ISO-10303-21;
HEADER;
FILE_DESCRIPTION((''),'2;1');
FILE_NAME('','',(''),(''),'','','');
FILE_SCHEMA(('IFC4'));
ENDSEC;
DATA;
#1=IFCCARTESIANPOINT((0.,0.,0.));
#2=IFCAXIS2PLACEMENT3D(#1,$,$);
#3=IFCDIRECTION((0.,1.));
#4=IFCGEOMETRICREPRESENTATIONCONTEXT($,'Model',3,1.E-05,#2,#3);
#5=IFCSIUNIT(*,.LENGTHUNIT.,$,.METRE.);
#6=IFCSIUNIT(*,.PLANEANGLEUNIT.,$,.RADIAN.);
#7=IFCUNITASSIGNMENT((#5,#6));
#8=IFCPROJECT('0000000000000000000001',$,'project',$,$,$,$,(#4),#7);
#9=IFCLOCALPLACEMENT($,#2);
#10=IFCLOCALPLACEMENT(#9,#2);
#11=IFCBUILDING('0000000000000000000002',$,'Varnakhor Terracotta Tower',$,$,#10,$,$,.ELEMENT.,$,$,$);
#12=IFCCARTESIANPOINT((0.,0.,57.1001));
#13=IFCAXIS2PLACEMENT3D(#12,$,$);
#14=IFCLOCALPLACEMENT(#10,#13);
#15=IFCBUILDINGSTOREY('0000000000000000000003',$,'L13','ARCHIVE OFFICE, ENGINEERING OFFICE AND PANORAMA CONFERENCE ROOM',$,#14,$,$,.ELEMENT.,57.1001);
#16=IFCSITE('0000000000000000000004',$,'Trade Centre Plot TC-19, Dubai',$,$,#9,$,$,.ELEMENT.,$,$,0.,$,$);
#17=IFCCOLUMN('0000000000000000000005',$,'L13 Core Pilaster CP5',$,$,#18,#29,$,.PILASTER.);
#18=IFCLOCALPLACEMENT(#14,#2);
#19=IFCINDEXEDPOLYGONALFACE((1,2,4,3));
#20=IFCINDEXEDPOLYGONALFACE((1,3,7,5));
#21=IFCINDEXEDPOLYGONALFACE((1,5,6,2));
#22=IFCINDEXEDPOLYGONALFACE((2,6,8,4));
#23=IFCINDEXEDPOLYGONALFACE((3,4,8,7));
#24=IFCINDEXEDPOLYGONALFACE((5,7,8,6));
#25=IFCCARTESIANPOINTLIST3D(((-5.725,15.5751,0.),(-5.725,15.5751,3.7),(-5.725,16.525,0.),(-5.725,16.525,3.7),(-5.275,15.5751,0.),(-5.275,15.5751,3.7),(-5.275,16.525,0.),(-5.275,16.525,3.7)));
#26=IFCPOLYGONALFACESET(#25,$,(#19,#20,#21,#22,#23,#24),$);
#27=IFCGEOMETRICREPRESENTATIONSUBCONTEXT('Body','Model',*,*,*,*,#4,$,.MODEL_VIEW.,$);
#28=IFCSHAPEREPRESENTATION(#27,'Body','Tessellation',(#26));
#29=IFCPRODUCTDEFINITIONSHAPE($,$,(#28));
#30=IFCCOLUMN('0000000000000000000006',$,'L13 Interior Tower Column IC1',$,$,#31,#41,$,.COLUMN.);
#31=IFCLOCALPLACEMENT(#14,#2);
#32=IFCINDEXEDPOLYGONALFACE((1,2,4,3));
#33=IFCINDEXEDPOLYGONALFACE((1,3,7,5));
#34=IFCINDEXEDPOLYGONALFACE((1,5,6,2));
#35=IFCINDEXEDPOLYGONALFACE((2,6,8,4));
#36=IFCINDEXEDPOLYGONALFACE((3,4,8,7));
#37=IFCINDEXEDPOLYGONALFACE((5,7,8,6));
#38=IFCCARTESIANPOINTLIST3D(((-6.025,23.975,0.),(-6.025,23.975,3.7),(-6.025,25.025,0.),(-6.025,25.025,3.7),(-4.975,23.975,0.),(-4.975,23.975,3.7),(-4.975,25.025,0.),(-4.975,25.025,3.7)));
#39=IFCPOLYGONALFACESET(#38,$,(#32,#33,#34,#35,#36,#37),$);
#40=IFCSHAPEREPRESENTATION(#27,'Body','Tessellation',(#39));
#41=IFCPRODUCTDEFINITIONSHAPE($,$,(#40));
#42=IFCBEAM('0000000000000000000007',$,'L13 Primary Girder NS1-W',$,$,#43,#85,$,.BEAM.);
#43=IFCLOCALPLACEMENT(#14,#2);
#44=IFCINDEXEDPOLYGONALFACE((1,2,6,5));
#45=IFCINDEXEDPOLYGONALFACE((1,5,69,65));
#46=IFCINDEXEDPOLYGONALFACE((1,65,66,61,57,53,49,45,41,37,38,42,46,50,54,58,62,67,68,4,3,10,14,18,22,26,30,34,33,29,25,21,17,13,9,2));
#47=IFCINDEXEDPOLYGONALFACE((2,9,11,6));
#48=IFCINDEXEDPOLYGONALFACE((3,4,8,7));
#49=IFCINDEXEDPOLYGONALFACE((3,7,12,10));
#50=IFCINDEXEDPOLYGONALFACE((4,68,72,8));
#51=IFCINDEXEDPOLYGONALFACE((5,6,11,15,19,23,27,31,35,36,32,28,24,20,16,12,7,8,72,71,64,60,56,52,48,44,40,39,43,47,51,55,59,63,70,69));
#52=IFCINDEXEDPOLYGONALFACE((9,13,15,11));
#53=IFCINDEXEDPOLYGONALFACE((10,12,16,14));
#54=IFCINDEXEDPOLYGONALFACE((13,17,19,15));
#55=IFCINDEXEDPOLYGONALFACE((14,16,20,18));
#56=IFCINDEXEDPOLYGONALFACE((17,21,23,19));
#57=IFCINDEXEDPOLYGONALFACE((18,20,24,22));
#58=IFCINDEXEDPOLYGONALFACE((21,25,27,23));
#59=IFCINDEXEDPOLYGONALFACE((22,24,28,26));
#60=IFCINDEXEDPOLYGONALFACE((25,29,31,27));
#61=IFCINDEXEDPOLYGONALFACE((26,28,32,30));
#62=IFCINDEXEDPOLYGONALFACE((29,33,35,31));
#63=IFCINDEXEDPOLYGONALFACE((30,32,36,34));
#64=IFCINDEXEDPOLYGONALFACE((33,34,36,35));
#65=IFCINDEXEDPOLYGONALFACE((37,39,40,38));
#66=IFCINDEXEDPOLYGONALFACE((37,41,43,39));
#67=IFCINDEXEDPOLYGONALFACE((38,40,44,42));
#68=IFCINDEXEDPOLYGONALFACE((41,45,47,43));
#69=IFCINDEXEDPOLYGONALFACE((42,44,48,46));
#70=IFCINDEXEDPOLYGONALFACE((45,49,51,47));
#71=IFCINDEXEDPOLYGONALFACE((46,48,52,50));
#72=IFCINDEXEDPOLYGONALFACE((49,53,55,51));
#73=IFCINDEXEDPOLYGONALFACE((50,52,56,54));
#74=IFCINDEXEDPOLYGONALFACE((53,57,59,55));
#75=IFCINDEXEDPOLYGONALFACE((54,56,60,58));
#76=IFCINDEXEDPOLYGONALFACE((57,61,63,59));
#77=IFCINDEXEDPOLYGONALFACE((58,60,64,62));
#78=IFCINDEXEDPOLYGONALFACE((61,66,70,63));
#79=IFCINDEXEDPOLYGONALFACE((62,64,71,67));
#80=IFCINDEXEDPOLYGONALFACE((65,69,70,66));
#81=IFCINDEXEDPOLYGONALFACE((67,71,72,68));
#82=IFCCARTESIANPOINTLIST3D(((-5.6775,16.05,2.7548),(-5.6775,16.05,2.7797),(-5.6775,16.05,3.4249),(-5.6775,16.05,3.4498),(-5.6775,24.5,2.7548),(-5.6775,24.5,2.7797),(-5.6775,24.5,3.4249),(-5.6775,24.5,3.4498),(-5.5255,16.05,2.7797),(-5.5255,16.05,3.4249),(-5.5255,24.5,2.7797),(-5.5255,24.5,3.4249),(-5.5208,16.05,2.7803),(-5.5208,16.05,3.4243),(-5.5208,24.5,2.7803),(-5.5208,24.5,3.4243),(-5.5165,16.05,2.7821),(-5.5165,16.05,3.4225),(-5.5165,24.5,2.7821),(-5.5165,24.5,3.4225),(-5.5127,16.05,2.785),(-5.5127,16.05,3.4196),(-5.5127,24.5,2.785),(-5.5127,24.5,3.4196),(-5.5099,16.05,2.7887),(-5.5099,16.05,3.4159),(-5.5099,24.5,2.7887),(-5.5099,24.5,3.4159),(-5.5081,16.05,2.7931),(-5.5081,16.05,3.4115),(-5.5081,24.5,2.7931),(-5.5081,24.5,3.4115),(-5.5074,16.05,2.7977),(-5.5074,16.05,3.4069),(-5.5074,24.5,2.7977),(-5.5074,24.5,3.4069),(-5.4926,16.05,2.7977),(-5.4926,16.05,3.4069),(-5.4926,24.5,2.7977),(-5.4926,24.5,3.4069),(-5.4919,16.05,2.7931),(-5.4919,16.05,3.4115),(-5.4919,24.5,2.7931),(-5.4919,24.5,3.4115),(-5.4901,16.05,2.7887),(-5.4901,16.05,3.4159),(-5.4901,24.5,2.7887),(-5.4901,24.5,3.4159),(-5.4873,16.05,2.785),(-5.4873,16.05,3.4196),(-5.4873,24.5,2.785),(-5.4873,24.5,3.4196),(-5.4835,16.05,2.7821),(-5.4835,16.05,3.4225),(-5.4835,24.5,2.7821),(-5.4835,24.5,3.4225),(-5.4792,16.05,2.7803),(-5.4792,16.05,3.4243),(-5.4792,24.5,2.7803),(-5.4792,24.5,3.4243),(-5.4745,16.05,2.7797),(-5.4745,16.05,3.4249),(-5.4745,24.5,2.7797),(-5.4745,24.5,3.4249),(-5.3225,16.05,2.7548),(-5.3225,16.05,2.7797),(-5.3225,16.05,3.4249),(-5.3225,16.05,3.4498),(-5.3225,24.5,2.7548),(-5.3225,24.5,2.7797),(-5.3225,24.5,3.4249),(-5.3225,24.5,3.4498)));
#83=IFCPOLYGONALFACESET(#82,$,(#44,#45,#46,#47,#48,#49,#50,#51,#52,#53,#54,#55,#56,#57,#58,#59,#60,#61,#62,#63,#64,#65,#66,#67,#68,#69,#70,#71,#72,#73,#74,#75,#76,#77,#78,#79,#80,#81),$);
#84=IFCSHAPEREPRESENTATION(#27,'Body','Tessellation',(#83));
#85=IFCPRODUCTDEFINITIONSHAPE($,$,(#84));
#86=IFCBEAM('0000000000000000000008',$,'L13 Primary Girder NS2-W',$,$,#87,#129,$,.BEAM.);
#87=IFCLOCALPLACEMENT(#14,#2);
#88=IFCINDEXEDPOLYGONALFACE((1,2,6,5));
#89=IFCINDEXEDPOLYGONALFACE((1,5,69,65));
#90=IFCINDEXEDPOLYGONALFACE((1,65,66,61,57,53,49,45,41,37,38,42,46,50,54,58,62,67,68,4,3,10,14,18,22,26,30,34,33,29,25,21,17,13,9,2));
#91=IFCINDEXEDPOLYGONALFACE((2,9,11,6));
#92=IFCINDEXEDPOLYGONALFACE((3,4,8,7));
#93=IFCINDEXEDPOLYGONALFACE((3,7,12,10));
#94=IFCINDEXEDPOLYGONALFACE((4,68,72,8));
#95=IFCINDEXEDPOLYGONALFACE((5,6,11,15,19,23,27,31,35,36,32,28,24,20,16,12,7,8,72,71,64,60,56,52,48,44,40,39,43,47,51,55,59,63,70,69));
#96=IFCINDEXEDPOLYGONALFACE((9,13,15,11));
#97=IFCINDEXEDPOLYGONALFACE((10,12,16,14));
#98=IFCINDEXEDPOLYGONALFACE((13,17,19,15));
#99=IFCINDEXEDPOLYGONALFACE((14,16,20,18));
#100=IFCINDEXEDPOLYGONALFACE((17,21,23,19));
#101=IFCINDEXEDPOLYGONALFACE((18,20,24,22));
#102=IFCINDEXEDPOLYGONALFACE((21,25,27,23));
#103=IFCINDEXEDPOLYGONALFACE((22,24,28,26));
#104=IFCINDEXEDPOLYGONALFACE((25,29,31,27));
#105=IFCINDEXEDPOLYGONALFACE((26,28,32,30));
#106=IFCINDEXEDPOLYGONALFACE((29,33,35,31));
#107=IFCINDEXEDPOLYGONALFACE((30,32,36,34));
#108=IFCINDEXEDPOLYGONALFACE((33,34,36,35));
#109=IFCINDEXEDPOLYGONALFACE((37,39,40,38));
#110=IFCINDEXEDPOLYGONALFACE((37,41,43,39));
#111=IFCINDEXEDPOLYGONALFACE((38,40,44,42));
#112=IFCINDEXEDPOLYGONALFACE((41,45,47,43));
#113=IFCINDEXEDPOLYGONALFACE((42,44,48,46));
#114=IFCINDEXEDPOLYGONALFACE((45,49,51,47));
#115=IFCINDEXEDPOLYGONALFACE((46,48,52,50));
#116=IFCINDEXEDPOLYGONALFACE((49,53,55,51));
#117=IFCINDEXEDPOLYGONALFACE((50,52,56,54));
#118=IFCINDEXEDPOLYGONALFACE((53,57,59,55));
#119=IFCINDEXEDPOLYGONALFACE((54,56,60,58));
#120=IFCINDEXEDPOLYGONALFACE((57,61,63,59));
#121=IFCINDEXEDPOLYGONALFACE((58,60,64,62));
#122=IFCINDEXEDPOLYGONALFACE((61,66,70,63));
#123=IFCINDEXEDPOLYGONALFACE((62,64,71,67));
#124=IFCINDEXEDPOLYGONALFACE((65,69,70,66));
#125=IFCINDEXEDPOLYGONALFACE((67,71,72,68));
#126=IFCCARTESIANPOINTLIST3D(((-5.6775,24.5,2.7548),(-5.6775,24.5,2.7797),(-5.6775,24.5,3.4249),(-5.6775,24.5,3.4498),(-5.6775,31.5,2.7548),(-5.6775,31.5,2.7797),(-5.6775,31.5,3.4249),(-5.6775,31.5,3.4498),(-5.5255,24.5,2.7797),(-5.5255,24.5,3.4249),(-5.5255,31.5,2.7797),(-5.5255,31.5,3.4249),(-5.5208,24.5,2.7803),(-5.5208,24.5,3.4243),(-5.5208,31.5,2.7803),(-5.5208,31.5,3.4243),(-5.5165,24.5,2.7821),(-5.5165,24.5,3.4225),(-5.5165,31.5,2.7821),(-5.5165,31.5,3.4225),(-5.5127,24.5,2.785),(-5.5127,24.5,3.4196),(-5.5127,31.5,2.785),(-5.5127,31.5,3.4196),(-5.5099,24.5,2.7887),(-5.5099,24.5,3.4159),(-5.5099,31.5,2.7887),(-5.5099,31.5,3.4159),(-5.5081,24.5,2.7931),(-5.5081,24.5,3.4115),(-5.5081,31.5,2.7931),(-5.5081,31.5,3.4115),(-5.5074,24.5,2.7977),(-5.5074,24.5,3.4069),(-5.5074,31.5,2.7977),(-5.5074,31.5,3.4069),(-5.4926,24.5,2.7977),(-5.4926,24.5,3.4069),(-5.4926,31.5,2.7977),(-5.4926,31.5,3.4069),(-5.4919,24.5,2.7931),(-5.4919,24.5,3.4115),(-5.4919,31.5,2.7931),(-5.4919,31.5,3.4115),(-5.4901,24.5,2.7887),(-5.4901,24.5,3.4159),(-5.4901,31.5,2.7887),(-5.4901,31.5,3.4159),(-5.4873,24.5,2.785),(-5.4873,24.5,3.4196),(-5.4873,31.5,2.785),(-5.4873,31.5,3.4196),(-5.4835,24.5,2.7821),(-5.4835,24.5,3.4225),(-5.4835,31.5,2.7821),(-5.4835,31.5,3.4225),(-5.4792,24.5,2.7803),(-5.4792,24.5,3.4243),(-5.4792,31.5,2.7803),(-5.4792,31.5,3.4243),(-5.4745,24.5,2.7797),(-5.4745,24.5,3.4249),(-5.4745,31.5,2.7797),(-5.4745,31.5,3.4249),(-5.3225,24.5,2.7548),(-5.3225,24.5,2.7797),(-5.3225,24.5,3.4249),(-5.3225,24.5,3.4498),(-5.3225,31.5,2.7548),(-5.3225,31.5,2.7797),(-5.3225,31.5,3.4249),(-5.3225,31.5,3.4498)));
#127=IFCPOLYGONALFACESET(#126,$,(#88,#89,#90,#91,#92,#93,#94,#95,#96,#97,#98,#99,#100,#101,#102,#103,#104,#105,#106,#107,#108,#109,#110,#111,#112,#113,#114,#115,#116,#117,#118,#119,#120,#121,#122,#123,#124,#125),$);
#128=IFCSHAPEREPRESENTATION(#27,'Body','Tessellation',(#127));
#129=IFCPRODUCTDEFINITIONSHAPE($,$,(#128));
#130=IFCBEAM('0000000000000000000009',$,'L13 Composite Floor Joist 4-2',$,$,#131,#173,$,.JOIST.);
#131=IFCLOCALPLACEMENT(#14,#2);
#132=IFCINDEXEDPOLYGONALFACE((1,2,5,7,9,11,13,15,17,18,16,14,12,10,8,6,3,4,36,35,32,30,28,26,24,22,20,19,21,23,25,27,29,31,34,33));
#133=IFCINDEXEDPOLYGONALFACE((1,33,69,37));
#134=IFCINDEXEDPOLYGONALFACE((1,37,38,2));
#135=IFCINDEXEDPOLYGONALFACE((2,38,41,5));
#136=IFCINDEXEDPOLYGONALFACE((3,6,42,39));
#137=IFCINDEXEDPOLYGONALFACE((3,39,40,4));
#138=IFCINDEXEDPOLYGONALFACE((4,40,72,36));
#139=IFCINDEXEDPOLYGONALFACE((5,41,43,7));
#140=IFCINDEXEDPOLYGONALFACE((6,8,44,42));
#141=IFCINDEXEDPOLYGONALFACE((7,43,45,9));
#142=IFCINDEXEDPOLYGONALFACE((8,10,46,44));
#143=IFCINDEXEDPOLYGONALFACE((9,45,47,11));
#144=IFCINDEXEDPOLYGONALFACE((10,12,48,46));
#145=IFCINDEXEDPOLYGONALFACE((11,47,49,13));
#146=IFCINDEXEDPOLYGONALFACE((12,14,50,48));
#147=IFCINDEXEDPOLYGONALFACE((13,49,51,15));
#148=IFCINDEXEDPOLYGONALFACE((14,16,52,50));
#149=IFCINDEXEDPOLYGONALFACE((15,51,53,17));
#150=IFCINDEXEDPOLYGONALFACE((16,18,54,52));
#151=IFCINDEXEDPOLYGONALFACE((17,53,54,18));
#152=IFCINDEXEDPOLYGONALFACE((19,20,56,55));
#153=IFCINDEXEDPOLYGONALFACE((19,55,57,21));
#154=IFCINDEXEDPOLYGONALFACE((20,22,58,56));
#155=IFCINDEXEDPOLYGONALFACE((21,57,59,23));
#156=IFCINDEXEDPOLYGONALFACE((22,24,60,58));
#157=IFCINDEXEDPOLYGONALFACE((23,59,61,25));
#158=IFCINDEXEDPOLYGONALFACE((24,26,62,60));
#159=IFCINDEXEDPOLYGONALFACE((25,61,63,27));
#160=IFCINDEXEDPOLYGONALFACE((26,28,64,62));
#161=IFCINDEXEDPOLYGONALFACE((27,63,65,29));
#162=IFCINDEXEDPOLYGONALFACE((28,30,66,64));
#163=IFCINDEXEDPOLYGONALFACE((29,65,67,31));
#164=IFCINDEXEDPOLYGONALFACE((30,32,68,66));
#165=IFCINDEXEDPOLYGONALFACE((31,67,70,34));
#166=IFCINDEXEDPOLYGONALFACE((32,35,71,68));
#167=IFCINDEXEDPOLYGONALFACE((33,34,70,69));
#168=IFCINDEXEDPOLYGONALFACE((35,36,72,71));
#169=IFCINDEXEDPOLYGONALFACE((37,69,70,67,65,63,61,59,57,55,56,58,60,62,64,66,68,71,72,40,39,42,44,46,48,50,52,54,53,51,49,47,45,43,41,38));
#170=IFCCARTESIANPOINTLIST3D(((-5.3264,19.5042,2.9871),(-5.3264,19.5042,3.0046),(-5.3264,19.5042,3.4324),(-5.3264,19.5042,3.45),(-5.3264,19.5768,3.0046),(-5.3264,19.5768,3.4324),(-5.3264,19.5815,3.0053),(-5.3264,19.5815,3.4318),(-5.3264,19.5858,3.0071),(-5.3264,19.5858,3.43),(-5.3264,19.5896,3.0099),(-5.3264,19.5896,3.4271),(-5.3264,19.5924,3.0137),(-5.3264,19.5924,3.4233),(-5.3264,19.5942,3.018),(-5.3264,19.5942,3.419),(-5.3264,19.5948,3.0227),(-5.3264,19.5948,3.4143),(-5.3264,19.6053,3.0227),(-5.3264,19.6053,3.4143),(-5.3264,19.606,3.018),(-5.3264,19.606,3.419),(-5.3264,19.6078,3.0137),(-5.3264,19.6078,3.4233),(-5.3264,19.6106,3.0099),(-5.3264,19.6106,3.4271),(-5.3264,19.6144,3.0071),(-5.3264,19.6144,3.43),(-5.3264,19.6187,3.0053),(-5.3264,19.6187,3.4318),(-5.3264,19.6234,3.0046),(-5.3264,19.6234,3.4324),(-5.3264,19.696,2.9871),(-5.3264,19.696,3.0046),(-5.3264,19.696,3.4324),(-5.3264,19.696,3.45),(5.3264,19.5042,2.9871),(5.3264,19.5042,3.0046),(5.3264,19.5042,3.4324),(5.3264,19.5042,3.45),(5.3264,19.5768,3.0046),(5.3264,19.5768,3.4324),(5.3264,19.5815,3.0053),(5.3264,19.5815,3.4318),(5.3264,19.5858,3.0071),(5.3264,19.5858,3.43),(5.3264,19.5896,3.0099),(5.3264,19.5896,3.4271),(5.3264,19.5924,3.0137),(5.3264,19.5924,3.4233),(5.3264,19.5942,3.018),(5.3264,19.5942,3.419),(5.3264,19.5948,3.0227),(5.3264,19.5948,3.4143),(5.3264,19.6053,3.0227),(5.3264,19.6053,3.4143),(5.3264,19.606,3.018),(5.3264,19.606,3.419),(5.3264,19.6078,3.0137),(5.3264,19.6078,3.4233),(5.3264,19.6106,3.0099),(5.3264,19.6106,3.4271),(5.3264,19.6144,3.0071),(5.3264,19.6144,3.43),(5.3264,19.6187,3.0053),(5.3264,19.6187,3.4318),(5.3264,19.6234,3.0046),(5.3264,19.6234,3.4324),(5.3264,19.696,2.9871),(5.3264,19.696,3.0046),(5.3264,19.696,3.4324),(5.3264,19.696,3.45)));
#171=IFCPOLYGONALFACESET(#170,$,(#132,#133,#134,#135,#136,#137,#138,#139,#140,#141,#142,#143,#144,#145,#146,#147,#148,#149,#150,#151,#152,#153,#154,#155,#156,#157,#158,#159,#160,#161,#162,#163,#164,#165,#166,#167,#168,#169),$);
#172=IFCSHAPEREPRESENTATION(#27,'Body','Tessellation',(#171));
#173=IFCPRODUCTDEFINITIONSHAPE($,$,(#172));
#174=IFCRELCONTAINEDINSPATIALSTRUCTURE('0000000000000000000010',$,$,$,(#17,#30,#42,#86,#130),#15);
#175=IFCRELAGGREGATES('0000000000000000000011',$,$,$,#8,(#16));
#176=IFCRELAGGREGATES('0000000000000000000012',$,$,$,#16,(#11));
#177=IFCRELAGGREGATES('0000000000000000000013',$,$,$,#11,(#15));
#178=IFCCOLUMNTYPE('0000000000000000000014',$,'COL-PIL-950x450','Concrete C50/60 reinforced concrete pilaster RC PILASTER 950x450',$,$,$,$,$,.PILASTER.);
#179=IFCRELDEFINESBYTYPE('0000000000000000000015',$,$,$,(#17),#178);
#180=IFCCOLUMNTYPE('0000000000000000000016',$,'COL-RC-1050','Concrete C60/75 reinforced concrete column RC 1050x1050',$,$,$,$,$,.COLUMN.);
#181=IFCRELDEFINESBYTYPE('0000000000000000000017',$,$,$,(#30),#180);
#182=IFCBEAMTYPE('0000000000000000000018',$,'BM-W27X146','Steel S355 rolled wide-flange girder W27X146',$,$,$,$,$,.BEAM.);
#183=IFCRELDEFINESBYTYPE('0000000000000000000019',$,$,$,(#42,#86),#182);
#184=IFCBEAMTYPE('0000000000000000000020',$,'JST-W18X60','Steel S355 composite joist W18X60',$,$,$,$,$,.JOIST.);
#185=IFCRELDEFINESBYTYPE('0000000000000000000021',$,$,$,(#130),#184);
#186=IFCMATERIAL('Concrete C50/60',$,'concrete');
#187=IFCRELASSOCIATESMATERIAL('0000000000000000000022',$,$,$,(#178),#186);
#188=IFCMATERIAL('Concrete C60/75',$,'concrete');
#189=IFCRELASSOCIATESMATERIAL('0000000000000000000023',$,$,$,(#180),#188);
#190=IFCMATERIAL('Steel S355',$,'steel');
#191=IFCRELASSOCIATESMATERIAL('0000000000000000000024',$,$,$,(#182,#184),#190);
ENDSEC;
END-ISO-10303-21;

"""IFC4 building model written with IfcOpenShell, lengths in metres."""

from ifc_helpers import new_model, si_unit, direction, frame, origin, origin_2d, place, context, subcontext, project, spatial, rectangle, i_section, extrude, source, transform, mapped, material, material_profile, profile_set, type_object, type_shapes, element, save


model = new_model("IFC4")

# Units and contexts
model_context = context("Model", 3, precision=1e-05, world=origin(), true_north=direction((0.0, 1.0)))
body_context = subcontext(model_context, "Body", "Model", "MODEL_VIEW")
ifc_project = project(units=[si_unit("LENGTHUNIT", "METRE"), si_unit("PLANEANGLEUNIT", "RADIAN")], contexts=[model_context])

# Site, building, storey
site_placement = place(None, origin())
site = spatial("IfcSite", under=ifc_project, at=site_placement, Name="Trade Centre Plot TC-19, Dubai", CompositionType="ELEMENT", RefElevation=0.0)
building_placement = place(site_placement, origin())
building = spatial("IfcBuilding", under=site, at=building_placement, Name="Varnakhor Terracotta Tower", CompositionType="ELEMENT")
storey_placement = place(building_placement, frame((0.0, 0.0, 57.1001)))
storey = spatial("IfcBuildingStorey", under=building, at=storey_placement, Name="L13", Description="ARCHIVE OFFICE, ENGINEERING OFFICE AND PANORAMA CONFERENCE ROOM", CompositionType="ELEMENT", Elevation=57.1001)

# Columns
ifc_material_1 = material(Name="Concrete C50/60", Category="concrete")
ifc_material_profile_1 = material_profile(ifc_material_1, rectangle(XDim=0.45, YDim=0.95, at=origin_2d()), Name="RC PILASTER 950x450")
ifc_profile_set_1 = profile_set([ifc_material_profile_1], Name="Concrete C50/60")
column_type_1 = type_object("IfcColumnType", Name="COL-PIL-950x450", Description="Concrete C50/60 reinforced concrete pilaster RC PILASTER 950x450", PredefinedType="PILASTER", material=ifc_profile_set_1)
shared_shape_1 = source(origin(), body_context, "Body", "SweptSolid", [
    extrude(rectangle(XDim=0.45, YDim=0.95, at=origin_2d()), origin(), (0.0, 0.0, 1.0), 3.7),
])
column_1_placement = place(storey_placement, frame((-5.5, 16.05, 0.0), z_axis=(0.0, 0.0, 1.0), x_axis=(1.0, 0.0, 0.0)))
element("IfcColumn", 1, at=column_1_placement, inside=storey, type_object=column_type_1, Name="L13 Core Pilaster CP5", PredefinedType="PILASTER", context=body_context, shape_type="MappedRepresentation", body=[
    mapped(shared_shape_1, transform((0.0, 0.0, 0.0), scale=1.0)),
])
ifc_material_2 = material(Name="Concrete C60/75", Category="concrete")
ifc_material_profile_2 = material_profile(ifc_material_2, rectangle(XDim=1.05, YDim=1.05, at=origin_2d()), Name="RC 1050x1050")
ifc_profile_set_2 = profile_set([ifc_material_profile_2], Name="Concrete C60/75")
column_type_2 = type_object("IfcColumnType", Name="COL-RC-1050", Description="Concrete C60/75 reinforced concrete column RC 1050x1050", PredefinedType="COLUMN", material=ifc_profile_set_2)
shared_shape_2 = source(origin(), body_context, "Body", "SweptSolid", [
    extrude(rectangle(XDim=1.05, YDim=1.05, at=origin_2d()), origin(), (0.0, 0.0, 1.0), 3.7),
])
column_2_placement = place(storey_placement, frame((-5.5, 24.5, 0.0), z_axis=(0.0, 0.0, 1.0), x_axis=(1.0, 0.0, 0.0)))
element("IfcColumn", 2, at=column_2_placement, inside=storey, type_object=column_type_2, Name="L13 Interior Tower Column IC1", PredefinedType="COLUMN", context=body_context, shape_type="MappedRepresentation", body=[
    mapped(shared_shape_2, transform((0.0, 0.0, 0.0), scale=1.0)),
])

# Beams
ifc_material_3 = material(Name="Steel S355", Category="steel")
ifc_material_profile_3 = material_profile(ifc_material_3, i_section(OverallWidth=0.355, OverallDepth=0.6951, WebThickness=0.0149, FlangeThickness=0.0249, FilletRadius=0.0181, at=origin_2d()), Name="W27X146")
ifc_profile_set_3 = profile_set([ifc_material_profile_3], Name="Steel S355")
beam_type_1 = type_object("IfcBeamType", Name="BM-W27X146", Description="Steel S355 rolled wide-flange girder W27X146", PredefinedType="BEAM", material=ifc_profile_set_3)
shared_shape_3 = source(origin(), body_context, "Body", "SweptSolid", [
    extrude(i_section(OverallWidth=0.355, OverallDepth=0.6951, WebThickness=0.0149, FlangeThickness=0.0249, FilletRadius=0.0181, at=origin_2d()), origin(), (0.0, 0.0, 1.0), 8.45),
])
type_shapes(beam_type_1, [shared_shape_3])
beam_1_placement = place(storey_placement, frame((-5.5, 16.05, 3.1023), z_axis=(0.0, 1.0, 0.0), x_axis=(-1.0, 0.0, 0.0)))
element("IfcBeam", 3, at=beam_1_placement, inside=storey, type_object=beam_type_1, Name="L13 Primary Girder NS1-W", PredefinedType="BEAM", context=body_context, shape_type="MappedRepresentation", body=[
    mapped(shared_shape_3, transform((0.0, 0.0, 0.0), scale=1.0)),
])
shared_shape_4 = source(origin(), body_context, "Body", "SweptSolid", [
    extrude(i_section(OverallWidth=0.355, OverallDepth=0.6951, WebThickness=0.0149, FlangeThickness=0.0249, FilletRadius=0.0181, at=origin_2d()), origin(), (0.0, 0.0, 1.0), 7.0),
])
beam_2_placement = place(storey_placement, frame((-5.5, 24.5, 3.1023), z_axis=(0.0, 1.0, 0.0), x_axis=(-1.0, 0.0, 0.0)))
element("IfcBeam", 4, at=beam_2_placement, inside=storey, type_object=beam_type_1, Name="L13 Primary Girder NS2-W", PredefinedType="BEAM", context=body_context, shape_type="MappedRepresentation", body=[
    mapped(shared_shape_4, transform((0.0, 0.0, 0.0), scale=1.0)),
])
ifc_material_profile_4 = material_profile(ifc_material_3, i_section(OverallWidth=0.1919, OverallDepth=0.4629, WebThickness=0.0105, FlangeThickness=0.0176, FilletRadius=0.0181, at=origin_2d()), Name="W18X60")
ifc_profile_set_4 = profile_set([ifc_material_profile_4], Name="Steel S355")
beam_type_2 = type_object("IfcBeamType", Name="JST-W18X60", Description="Steel S355 composite joist W18X60", PredefinedType="JOIST", material=ifc_profile_set_4)
shared_shape_5 = source(origin(), body_context, "Body", "SweptSolid", [
    extrude(i_section(OverallWidth=0.1919, OverallDepth=0.4629, WebThickness=0.0105, FlangeThickness=0.0176, FilletRadius=0.0181, at=origin_2d()), origin(), (0.0, 0.0, 1.0), 10.6528),
])
for number, where, z_axis, x_axis, name in (
    (5, (-5.3264, 19.6001, 3.2185), (1.0, 0.0, 0.0), (0.0, 1.0, 0.0), "L13 Composite Floor Joist 4-2"),
):
    element("IfcBeam", number, at=place(storey_placement, frame(where, z_axis=z_axis, x_axis=x_axis)), inside=storey, type_object=beam_type_2, Name=name, PredefinedType="JOIST", context=body_context, shape_type="MappedRepresentation", body=[
        mapped(shared_shape_5, transform((0.0, 0.0, 0.0), scale=1.0)),
    ])

save(model, "model.ifc")
